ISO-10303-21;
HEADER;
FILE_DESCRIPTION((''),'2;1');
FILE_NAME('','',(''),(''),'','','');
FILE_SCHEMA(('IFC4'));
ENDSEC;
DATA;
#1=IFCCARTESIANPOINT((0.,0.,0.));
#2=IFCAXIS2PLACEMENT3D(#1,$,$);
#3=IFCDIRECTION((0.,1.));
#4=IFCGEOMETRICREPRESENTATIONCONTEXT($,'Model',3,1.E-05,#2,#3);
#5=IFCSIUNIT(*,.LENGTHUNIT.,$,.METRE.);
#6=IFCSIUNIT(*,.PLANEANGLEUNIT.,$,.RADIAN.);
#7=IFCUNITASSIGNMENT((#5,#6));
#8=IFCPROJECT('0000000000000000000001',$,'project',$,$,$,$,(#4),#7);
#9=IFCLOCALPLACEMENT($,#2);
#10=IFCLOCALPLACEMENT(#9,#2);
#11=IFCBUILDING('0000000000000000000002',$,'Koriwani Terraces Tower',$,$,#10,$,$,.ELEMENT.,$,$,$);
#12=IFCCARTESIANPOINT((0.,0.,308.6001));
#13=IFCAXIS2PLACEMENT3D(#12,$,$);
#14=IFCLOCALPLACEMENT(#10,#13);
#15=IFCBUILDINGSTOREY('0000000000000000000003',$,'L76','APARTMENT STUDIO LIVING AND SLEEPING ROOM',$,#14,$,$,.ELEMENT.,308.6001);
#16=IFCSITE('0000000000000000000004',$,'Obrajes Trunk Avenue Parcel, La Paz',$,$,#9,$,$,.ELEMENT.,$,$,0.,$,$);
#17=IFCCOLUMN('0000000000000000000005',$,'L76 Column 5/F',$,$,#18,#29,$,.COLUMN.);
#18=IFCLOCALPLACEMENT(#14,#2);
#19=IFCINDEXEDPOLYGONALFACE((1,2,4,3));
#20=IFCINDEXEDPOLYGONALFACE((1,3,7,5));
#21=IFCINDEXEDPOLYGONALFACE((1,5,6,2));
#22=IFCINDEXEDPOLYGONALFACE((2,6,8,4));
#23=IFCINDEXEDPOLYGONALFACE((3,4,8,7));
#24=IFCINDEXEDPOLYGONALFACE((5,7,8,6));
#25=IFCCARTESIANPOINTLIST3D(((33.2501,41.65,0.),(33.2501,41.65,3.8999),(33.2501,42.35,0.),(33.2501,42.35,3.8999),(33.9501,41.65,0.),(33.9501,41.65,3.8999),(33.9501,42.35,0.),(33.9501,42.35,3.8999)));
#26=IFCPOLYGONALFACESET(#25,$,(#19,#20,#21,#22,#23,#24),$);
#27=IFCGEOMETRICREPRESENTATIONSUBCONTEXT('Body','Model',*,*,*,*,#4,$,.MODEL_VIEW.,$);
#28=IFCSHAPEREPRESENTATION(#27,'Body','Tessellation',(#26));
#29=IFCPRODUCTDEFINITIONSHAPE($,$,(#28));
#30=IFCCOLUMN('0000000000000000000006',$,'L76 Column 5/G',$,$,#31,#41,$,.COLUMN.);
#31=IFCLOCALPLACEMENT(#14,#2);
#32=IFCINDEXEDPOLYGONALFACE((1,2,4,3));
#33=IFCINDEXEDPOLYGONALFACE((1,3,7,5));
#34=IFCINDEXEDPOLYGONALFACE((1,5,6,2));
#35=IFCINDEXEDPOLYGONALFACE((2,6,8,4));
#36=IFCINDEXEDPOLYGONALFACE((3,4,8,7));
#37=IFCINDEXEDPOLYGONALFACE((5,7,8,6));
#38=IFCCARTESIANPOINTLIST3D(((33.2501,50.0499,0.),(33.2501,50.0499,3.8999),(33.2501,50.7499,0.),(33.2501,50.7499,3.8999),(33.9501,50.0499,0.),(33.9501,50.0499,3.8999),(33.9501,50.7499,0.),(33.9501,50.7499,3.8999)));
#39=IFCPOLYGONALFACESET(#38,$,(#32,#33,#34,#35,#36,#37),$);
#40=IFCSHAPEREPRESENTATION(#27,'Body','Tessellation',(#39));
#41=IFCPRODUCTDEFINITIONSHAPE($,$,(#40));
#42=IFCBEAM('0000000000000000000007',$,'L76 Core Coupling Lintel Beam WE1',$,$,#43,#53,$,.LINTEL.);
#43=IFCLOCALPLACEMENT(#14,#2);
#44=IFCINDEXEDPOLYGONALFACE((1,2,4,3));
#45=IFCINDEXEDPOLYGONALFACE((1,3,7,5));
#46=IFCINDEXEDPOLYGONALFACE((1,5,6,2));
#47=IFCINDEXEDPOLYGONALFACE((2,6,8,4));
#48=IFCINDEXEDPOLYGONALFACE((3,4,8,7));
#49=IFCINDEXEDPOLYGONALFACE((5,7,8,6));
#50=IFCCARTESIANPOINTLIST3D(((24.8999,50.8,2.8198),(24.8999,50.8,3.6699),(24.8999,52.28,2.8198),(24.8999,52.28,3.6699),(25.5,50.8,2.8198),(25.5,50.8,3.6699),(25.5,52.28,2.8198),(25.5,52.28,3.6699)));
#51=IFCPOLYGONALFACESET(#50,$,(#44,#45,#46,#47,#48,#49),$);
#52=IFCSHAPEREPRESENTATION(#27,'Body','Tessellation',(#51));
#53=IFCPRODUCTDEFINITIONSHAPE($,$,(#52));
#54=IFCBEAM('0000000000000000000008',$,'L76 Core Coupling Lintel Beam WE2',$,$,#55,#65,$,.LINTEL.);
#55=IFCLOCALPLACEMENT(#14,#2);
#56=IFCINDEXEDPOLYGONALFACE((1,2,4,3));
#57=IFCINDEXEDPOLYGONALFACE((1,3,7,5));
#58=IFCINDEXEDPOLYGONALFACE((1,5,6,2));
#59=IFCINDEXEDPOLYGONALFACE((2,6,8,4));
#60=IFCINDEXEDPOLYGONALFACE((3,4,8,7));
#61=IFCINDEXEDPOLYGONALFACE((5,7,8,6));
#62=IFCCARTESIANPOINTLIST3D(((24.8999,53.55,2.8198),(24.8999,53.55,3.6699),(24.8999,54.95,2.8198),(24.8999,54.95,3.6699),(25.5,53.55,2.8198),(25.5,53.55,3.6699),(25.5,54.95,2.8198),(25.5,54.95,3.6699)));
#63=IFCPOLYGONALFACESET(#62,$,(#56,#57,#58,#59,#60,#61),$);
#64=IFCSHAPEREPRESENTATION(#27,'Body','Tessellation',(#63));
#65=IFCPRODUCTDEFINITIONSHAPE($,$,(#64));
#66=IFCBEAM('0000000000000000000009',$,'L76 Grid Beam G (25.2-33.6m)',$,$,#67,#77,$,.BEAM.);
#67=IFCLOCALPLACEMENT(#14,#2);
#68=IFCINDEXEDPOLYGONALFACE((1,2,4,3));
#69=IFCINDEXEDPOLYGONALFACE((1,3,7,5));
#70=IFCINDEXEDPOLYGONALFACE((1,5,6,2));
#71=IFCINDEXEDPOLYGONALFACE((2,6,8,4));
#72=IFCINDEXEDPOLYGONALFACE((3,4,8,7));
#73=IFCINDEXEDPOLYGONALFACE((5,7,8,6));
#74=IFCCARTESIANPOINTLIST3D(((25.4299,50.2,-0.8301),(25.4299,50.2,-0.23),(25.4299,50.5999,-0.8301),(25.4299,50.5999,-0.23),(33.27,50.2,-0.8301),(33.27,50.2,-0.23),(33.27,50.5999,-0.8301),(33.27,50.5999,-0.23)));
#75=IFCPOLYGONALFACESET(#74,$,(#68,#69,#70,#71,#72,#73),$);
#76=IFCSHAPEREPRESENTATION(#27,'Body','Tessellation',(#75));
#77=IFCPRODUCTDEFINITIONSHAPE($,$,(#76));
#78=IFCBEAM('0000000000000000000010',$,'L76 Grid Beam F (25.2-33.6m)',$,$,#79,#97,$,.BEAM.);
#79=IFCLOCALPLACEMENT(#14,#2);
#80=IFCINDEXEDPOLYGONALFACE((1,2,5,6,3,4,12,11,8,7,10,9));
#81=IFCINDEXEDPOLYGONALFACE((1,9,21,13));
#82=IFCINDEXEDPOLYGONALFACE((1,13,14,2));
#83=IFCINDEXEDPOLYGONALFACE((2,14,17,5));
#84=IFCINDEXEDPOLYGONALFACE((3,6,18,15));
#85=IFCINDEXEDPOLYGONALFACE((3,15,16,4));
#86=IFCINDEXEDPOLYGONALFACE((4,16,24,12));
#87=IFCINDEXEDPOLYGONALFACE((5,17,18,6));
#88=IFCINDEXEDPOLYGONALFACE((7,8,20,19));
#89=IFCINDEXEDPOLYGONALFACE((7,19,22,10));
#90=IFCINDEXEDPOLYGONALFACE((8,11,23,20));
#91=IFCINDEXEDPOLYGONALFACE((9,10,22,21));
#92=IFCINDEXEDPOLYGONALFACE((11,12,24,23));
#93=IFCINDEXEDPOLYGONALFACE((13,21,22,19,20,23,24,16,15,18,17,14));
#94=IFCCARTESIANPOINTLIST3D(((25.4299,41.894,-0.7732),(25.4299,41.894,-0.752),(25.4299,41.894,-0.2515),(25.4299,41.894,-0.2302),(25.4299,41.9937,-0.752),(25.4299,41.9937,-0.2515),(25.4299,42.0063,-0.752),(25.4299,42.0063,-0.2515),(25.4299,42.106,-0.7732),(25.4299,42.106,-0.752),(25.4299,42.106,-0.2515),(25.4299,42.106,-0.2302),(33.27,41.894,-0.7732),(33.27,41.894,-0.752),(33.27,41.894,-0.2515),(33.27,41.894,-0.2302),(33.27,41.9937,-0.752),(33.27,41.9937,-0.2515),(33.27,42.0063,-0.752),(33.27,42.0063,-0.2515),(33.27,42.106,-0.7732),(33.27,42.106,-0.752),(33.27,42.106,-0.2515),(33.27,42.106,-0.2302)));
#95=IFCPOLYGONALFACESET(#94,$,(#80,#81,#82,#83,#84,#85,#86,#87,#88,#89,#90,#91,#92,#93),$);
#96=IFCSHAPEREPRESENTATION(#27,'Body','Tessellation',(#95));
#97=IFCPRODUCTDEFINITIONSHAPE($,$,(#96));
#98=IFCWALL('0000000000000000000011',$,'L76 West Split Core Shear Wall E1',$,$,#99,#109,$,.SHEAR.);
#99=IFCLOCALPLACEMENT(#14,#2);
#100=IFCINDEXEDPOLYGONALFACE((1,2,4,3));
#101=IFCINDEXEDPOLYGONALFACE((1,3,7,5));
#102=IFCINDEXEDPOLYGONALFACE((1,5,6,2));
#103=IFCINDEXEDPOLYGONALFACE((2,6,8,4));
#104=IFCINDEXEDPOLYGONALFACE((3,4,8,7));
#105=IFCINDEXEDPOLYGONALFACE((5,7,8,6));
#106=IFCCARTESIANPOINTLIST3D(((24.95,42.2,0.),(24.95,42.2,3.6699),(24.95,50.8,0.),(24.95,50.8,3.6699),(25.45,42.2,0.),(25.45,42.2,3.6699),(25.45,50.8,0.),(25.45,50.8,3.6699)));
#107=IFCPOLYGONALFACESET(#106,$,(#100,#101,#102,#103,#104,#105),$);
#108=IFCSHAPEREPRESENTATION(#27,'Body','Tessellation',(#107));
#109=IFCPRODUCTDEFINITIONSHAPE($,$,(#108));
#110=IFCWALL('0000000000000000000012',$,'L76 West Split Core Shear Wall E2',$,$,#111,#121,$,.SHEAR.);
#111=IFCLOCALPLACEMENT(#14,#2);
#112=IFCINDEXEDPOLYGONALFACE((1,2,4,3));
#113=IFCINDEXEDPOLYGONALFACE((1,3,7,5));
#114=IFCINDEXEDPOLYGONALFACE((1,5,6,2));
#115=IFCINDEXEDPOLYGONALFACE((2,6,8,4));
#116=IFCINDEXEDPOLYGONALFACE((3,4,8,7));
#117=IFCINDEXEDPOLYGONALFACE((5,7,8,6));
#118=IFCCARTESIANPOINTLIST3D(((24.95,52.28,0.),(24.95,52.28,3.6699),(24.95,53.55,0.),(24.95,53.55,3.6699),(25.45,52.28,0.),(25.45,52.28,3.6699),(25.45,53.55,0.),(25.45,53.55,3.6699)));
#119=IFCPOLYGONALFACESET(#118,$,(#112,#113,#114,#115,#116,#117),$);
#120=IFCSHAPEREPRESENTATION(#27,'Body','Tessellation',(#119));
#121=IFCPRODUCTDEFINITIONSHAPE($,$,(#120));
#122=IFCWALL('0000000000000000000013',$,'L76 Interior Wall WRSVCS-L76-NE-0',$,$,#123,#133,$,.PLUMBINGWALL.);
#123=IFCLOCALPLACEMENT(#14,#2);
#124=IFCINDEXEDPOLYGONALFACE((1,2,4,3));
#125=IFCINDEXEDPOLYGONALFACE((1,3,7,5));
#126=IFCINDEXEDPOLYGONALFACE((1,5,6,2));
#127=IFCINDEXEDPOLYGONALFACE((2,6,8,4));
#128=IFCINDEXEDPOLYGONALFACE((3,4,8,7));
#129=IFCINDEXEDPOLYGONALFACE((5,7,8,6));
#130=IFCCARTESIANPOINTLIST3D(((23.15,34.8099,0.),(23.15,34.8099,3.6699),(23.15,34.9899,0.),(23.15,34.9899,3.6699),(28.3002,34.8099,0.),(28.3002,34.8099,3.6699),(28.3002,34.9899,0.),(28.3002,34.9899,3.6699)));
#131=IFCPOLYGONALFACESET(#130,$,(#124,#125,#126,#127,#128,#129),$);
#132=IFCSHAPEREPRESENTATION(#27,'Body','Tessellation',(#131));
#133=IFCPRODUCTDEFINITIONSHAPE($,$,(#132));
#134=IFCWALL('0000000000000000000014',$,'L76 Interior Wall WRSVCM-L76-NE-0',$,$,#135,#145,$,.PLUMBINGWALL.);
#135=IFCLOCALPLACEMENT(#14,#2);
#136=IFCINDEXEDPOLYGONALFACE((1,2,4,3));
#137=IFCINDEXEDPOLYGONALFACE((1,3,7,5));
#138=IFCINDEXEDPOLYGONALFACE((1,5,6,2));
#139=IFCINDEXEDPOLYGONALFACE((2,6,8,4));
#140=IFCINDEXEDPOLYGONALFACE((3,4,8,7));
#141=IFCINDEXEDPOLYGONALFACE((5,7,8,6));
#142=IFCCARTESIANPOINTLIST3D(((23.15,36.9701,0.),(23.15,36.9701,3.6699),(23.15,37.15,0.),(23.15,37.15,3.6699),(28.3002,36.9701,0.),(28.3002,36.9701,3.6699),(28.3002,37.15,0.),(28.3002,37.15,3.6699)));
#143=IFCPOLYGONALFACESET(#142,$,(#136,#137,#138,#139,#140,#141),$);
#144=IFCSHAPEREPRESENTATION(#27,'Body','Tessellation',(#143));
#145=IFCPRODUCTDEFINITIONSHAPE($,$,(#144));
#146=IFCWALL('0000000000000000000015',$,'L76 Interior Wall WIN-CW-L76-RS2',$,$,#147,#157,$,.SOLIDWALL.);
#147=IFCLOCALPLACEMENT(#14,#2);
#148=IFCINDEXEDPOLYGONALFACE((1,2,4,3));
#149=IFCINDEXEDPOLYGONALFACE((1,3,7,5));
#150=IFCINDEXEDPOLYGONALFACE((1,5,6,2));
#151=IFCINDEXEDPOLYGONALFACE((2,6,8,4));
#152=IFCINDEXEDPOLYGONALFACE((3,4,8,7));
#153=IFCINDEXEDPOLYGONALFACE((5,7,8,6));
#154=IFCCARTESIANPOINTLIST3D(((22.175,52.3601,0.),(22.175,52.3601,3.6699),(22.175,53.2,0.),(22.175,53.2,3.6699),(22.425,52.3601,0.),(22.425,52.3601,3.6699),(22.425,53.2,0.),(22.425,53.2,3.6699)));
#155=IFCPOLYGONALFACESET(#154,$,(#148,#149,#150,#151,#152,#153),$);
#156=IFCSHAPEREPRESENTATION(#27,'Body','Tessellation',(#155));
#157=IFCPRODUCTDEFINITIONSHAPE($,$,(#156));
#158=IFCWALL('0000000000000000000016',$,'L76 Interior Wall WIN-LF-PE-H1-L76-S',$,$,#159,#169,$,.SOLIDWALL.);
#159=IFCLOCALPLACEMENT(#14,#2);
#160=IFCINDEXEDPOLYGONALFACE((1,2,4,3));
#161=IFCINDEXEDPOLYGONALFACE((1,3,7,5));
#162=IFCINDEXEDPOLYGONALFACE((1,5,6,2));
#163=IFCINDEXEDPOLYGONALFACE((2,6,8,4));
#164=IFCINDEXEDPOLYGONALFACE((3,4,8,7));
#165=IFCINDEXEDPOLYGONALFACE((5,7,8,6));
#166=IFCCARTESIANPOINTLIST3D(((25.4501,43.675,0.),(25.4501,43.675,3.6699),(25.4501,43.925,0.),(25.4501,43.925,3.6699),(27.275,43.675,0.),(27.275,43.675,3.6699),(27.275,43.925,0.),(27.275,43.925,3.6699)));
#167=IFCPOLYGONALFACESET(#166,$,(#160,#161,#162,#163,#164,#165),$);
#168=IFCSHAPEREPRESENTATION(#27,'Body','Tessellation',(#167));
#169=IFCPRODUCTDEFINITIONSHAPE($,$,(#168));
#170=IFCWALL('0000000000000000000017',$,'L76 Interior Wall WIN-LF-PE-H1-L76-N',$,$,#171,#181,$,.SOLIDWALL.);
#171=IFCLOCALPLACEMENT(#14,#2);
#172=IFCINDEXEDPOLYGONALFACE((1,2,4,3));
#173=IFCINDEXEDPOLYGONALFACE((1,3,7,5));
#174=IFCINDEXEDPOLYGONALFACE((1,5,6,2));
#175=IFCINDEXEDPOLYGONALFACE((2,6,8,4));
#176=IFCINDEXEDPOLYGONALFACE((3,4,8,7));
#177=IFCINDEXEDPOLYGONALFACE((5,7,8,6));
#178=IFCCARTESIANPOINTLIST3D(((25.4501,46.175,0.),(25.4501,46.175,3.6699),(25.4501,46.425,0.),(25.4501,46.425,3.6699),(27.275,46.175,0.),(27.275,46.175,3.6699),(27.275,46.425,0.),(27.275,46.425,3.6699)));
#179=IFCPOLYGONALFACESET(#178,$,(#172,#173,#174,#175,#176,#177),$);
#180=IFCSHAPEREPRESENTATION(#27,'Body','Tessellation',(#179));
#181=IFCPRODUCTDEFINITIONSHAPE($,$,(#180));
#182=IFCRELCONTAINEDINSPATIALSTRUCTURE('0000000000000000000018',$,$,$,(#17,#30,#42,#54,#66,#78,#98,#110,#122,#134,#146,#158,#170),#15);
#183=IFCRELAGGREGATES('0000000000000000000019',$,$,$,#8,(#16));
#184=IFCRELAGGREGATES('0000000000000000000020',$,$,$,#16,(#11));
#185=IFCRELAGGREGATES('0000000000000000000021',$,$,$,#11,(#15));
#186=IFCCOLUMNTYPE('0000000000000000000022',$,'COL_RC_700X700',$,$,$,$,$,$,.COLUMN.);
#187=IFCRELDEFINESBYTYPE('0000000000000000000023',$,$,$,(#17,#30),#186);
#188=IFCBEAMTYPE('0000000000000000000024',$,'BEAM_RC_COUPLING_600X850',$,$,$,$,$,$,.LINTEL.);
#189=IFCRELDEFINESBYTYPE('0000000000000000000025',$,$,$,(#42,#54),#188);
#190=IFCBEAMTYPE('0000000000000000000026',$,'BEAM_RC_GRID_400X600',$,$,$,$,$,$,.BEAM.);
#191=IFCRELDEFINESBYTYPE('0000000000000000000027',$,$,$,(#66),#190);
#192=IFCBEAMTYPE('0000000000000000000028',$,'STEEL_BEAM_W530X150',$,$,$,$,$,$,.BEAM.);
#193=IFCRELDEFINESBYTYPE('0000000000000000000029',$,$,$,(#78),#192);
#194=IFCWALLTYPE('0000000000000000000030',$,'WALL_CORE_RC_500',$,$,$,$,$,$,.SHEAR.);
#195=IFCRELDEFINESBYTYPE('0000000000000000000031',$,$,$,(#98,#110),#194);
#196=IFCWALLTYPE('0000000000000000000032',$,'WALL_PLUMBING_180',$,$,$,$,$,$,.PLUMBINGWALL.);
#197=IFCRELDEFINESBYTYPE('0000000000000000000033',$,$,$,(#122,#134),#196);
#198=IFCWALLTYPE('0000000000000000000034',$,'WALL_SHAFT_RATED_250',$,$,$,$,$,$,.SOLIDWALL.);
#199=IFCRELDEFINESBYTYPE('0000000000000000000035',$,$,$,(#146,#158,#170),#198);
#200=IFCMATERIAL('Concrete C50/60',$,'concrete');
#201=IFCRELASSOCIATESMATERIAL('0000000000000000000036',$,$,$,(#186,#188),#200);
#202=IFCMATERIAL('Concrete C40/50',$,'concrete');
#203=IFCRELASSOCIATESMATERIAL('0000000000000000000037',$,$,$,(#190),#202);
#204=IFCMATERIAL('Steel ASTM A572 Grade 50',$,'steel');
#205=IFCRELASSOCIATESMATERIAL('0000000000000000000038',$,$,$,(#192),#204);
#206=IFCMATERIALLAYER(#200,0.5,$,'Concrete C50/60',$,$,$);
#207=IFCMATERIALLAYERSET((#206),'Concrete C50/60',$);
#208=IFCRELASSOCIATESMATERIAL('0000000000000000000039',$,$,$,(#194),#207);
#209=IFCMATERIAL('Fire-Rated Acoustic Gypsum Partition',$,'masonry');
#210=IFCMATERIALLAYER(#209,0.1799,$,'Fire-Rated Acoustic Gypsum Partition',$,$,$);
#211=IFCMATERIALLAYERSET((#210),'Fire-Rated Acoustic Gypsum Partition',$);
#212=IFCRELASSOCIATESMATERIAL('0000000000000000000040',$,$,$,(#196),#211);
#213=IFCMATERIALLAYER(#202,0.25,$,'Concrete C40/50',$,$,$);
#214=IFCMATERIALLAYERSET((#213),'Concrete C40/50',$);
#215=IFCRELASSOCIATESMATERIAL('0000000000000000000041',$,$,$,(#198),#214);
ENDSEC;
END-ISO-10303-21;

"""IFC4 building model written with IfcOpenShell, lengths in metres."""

from ifc_helpers import new_model, si_unit, direction, frame, frame_2d, origin, origin_2d, place, context, subcontext, project, spatial, rectangle, i_section, extrude, material, layer, layer_set, material_profile, profile_set, type_object, element, save


model = new_model("IFC4")

# Units and contexts
model_context = context("Model", 3, precision=1e-05, world=origin(), true_north=direction((0.0, 1.0)))
body_context = subcontext(model_context, "Body", "Model", "MODEL_VIEW")
ifc_project = project(units=[si_unit("LENGTHUNIT", "METRE"), si_unit("PLANEANGLEUNIT", "RADIAN")], contexts=[model_context])

# Site, building, storey
site_placement = place(None, origin())
site = spatial("IfcSite", under=ifc_project, at=site_placement, Name="Obrajes Trunk Avenue Parcel, La Paz", CompositionType="ELEMENT", RefElevation=0.0)
building_placement = place(site_placement, origin())
building = spatial("IfcBuilding", under=site, at=building_placement, Name="Koriwani Terraces Tower", CompositionType="ELEMENT")
storey_placement = place(building_placement, frame((0.0, 0.0, 308.6001)))
storey = spatial("IfcBuildingStorey", under=building, at=storey_placement, Name="L76", Description="APARTMENT STUDIO LIVING AND SLEEPING ROOM", CompositionType="ELEMENT", Elevation=308.6001)

# Columns
ifc_material_1 = material(Name="Concrete C50/60", Category="concrete")
ifc_material_profile_1 = material_profile(ifc_material_1, rectangle(XDim=0.7, YDim=0.7, at=origin_2d()), Name="Concrete C50/60", Category="LoadBearing")
ifc_profile_set_1 = profile_set([ifc_material_profile_1], Name="Concrete C50/60")
column_type = type_object("IfcColumnType", Name="COL_RC_700X700", PredefinedType="COLUMN", material=ifc_profile_set_1)
for number, where, z_axis, x_axis, name in (
    (1, (33.6001, 42.0, 0.0), (0.0, 0.0, 1.0), (1.0, 0.0, 0.0), "L76 Column 5/F"),
    (2, (33.6001, 50.3999, 0.0), (0.0, 0.0, 1.0), (1.0, 0.0, 0.0), "L76 Column 5/G"),
):
    element("IfcColumn", number, at=place(storey_placement, frame(where, z_axis=z_axis, x_axis=x_axis)), inside=storey, type_object=column_type, Name=name, PredefinedType="COLUMN", context=body_context, shape_type="SweptSolid", body=[
        extrude(rectangle(XDim=0.7, YDim=0.7, at=origin_2d()), origin(), (0.0, 0.0, 1.0), 3.8999),
    ])

# Beams
ifc_material_profile_2 = material_profile(ifc_material_1, rectangle(XDim=0.6001, YDim=0.8501, at=origin_2d()), Name="Concrete C50/60", Category="LoadBearing")
ifc_profile_set_2 = profile_set([ifc_material_profile_2], Name="Concrete C50/60")
beam_type_1 = type_object("IfcBeamType", Name="BEAM_RC_COUPLING_600X850", PredefinedType="LINTEL", material=ifc_profile_set_2)
beam_1_placement = place(storey_placement, frame((25.2, 50.8, 3.2449), z_axis=(0.0, 1.0, 0.0), x_axis=(-1.0, 0.0, 0.0)))
element("IfcBeam", 3, at=beam_1_placement, inside=storey, type_object=beam_type_1, Name="L76 Core Coupling Lintel Beam WE1", PredefinedType="LINTEL", context=body_context, shape_type="SweptSolid", body=[
    extrude(rectangle(XDim=0.6001, YDim=0.8501, at=origin_2d()), origin(), (0.0, 0.0, 1.0), 1.48),
])
beam_2_placement = place(storey_placement, frame((25.2, 53.55, 3.2449), z_axis=(0.0, 1.0, 0.0), x_axis=(-1.0, 0.0, 0.0)))
element("IfcBeam", 4, at=beam_2_placement, inside=storey, type_object=beam_type_1, Name="L76 Core Coupling Lintel Beam WE2", PredefinedType="LINTEL", context=body_context, shape_type="SweptSolid", body=[
    extrude(rectangle(XDim=0.6001, YDim=0.8501, at=origin_2d()), origin(), (0.0, 0.0, 1.0), 1.3999),
])
ifc_material_2 = material(Name="Concrete C40/50", Category="concrete")
ifc_material_profile_3 = material_profile(ifc_material_2, rectangle(XDim=0.3999, YDim=0.6001, at=origin_2d()), Name="Concrete C40/50", Category="LoadBearing")
ifc_profile_set_3 = profile_set([ifc_material_profile_3], Name="Concrete C40/50")
beam_type_2 = type_object("IfcBeamType", Name="BEAM_RC_GRID_400X600", PredefinedType="BEAM", material=ifc_profile_set_3)
beam_3_placement = place(storey_placement, frame((25.4299, 50.3999, -0.53), z_axis=(1.0, 0.0, 0.0), x_axis=(0.0, 1.0, 0.0)))
element("IfcBeam", 5, at=beam_3_placement, inside=storey, type_object=beam_type_2, Name="L76 Grid Beam G (25.2-33.6m)", PredefinedType="BEAM", context=body_context, shape_type="SweptSolid", body=[
    extrude(rectangle(XDim=0.3999, YDim=0.6001, at=origin_2d()), origin(), (0.0, 0.0, 1.0), 7.8401),
])
ifc_material_3 = material(Name="Steel ASTM A572 Grade 50", Category="steel")
ifc_material_profile_4 = material_profile(ifc_material_3, i_section(OverallWidth=0.2119, OverallDepth=0.543, WebThickness=0.0127, FlangeThickness=0.0212, at=origin_2d()), Name="Steel ASTM A572 Grade 50", Category="LoadBearing")
ifc_profile_set_4 = profile_set([ifc_material_profile_4], Name="Steel ASTM A572 Grade 50")
beam_type_3 = type_object("IfcBeamType", Name="STEEL_BEAM_W530X150", PredefinedType="BEAM", material=ifc_profile_set_4)
beam_4_placement = place(storey_placement, frame((25.4299, 42.0, -0.5017), z_axis=(1.0, 0.0, 0.0), x_axis=(0.0, 1.0, 0.0)))
element("IfcBeam", 6, at=beam_4_placement, inside=storey, type_object=beam_type_3, Name="L76 Grid Beam F (25.2-33.6m)", PredefinedType="BEAM", context=body_context, shape_type="SweptSolid", body=[
    extrude(i_section(OverallWidth=0.2119, OverallDepth=0.543, WebThickness=0.0127, FlangeThickness=0.0212, at=origin_2d()), origin(), (0.0, 0.0, 1.0), 7.8401),
])

# Walls
ifc_layer_1 = layer(ifc_material_1, 0.5, Name="Concrete C50/60")
ifc_layer_set_1 = layer_set([ifc_layer_1], Name="Concrete C50/60")
wall_type_1 = type_object("IfcWallType", Name="WALL_CORE_RC_500", PredefinedType="SHEAR", material=ifc_layer_set_1)
wall_1_placement = place(storey_placement, frame((25.2, 42.2, 0.0), z_axis=(0.0, 0.0, 1.0), x_axis=(0.0, 1.0, 0.0)))
element("IfcWall", 7, at=wall_1_placement, inside=storey, type_object=wall_type_1, Name="L76 West Split Core Shear Wall E1", PredefinedType="SHEAR", context=body_context, shape_type="SweptSolid", body=[
    extrude(rectangle(XDim=8.6001, YDim=0.5, at=frame_2d((4.3, 0.0))), origin(), (0.0, 0.0, 1.0), 3.6699),
])
wall_2_placement = place(storey_placement, frame((25.2, 52.28, 0.0), z_axis=(0.0, 0.0, 1.0), x_axis=(0.0, 1.0, 0.0)))
element("IfcWall", 8, at=wall_2_placement, inside=storey, type_object=wall_type_1, Name="L76 West Split Core Shear Wall E2", PredefinedType="SHEAR", context=body_context, shape_type="SweptSolid", body=[
    extrude(rectangle(XDim=1.27, YDim=0.5, at=frame_2d((0.635, 0.0))), origin(), (0.0, 0.0, 1.0), 3.6699),
])
ifc_material_4 = material(Name="Fire-Rated Acoustic Gypsum Partition", Category="masonry")
ifc_layer_2 = layer(ifc_material_4, 0.1799, Name="Fire-Rated Acoustic Gypsum Partition")
ifc_layer_set_2 = layer_set([ifc_layer_2], Name="Fire-Rated Acoustic Gypsum Partition")
wall_type_2 = type_object("IfcWallType", Name="WALL_PLUMBING_180", PredefinedType="PLUMBINGWALL", material=ifc_layer_set_2)
for number, where, z_axis, x_axis, name in (
    (9, (23.1499, 34.8999, 0.0), (0.0, 0.0, 1.0), (1.0, 0.0, 0.0), "L76 Interior Wall WRSVCS-L76-NE-0"),
    (10, (23.1499, 37.0601, 0.0), (0.0, 0.0, 1.0), (1.0, 0.0, 0.0), "L76 Interior Wall WRSVCM-L76-NE-0"),
):
    element("IfcWall", number, at=place(storey_placement, frame(where, z_axis=z_axis, x_axis=x_axis)), inside=storey, type_object=wall_type_2, Name=name, PredefinedType="PLUMBINGWALL", context=body_context, shape_type="SweptSolid", body=[
        extrude(rectangle(XDim=5.1501, YDim=0.1799, at=frame_2d((2.5752, 0.0))), origin(), (0.0, 0.0, 1.0), 3.6699),
    ])

# Shared definitions
ifc_layer_3 = layer(ifc_material_2, 0.25, Name="Concrete C40/50")
ifc_layer_set_3 = layer_set([ifc_layer_3], Name="Concrete C40/50")
wall_type_3 = type_object("IfcWallType", Name="WALL_SHAFT_RATED_250", PredefinedType="SOLIDWALL", material=ifc_layer_set_3)

# Wall
wall_3_placement = place(storey_placement, frame((22.3, 52.3601, 0.0), z_axis=(0.0, 0.0, 1.0), x_axis=(0.0, 1.0, 0.0)))
element("IfcWall", 11, at=wall_3_placement, inside=storey, type_object=wall_type_3, Name="L76 Interior Wall WIN-CW-L76-RS2", PredefinedType="SOLIDWALL", context=body_context, shape_type="SweptSolid", body=[
    extrude(rectangle(XDim=0.8398, YDim=0.25, at=frame_2d((0.4199, 0.0))), origin(), (0.0, 0.0, 1.0), 3.6699),
])

# Walls
for number, where, z_axis, x_axis, name in (
    (12, (25.45, 43.8, 0.0), (0.0, 0.0, 1.0), (1.0, 0.0, 0.0), "L76 Interior Wall WIN-LF-PE-H1-L76-S"),
    (13, (25.45, 46.3, 0.0), (0.0, 0.0, 1.0), (1.0, 0.0, 0.0), "L76 Interior Wall WIN-LF-PE-H1-L76-N"),
):
    element("IfcWall", number, at=place(storey_placement, frame(where, z_axis=z_axis, x_axis=x_axis)), inside=storey, type_object=wall_type_3, Name=name, PredefinedType="SOLIDWALL", context=body_context, shape_type="SweptSolid", body=[
        extrude(rectangle(XDim=1.825, YDim=0.25, at=frame_2d((0.9126, 0.0))), origin(), (0.0, 0.0, 1.0), 3.6699),
    ])

save(model, "model.ifc")
